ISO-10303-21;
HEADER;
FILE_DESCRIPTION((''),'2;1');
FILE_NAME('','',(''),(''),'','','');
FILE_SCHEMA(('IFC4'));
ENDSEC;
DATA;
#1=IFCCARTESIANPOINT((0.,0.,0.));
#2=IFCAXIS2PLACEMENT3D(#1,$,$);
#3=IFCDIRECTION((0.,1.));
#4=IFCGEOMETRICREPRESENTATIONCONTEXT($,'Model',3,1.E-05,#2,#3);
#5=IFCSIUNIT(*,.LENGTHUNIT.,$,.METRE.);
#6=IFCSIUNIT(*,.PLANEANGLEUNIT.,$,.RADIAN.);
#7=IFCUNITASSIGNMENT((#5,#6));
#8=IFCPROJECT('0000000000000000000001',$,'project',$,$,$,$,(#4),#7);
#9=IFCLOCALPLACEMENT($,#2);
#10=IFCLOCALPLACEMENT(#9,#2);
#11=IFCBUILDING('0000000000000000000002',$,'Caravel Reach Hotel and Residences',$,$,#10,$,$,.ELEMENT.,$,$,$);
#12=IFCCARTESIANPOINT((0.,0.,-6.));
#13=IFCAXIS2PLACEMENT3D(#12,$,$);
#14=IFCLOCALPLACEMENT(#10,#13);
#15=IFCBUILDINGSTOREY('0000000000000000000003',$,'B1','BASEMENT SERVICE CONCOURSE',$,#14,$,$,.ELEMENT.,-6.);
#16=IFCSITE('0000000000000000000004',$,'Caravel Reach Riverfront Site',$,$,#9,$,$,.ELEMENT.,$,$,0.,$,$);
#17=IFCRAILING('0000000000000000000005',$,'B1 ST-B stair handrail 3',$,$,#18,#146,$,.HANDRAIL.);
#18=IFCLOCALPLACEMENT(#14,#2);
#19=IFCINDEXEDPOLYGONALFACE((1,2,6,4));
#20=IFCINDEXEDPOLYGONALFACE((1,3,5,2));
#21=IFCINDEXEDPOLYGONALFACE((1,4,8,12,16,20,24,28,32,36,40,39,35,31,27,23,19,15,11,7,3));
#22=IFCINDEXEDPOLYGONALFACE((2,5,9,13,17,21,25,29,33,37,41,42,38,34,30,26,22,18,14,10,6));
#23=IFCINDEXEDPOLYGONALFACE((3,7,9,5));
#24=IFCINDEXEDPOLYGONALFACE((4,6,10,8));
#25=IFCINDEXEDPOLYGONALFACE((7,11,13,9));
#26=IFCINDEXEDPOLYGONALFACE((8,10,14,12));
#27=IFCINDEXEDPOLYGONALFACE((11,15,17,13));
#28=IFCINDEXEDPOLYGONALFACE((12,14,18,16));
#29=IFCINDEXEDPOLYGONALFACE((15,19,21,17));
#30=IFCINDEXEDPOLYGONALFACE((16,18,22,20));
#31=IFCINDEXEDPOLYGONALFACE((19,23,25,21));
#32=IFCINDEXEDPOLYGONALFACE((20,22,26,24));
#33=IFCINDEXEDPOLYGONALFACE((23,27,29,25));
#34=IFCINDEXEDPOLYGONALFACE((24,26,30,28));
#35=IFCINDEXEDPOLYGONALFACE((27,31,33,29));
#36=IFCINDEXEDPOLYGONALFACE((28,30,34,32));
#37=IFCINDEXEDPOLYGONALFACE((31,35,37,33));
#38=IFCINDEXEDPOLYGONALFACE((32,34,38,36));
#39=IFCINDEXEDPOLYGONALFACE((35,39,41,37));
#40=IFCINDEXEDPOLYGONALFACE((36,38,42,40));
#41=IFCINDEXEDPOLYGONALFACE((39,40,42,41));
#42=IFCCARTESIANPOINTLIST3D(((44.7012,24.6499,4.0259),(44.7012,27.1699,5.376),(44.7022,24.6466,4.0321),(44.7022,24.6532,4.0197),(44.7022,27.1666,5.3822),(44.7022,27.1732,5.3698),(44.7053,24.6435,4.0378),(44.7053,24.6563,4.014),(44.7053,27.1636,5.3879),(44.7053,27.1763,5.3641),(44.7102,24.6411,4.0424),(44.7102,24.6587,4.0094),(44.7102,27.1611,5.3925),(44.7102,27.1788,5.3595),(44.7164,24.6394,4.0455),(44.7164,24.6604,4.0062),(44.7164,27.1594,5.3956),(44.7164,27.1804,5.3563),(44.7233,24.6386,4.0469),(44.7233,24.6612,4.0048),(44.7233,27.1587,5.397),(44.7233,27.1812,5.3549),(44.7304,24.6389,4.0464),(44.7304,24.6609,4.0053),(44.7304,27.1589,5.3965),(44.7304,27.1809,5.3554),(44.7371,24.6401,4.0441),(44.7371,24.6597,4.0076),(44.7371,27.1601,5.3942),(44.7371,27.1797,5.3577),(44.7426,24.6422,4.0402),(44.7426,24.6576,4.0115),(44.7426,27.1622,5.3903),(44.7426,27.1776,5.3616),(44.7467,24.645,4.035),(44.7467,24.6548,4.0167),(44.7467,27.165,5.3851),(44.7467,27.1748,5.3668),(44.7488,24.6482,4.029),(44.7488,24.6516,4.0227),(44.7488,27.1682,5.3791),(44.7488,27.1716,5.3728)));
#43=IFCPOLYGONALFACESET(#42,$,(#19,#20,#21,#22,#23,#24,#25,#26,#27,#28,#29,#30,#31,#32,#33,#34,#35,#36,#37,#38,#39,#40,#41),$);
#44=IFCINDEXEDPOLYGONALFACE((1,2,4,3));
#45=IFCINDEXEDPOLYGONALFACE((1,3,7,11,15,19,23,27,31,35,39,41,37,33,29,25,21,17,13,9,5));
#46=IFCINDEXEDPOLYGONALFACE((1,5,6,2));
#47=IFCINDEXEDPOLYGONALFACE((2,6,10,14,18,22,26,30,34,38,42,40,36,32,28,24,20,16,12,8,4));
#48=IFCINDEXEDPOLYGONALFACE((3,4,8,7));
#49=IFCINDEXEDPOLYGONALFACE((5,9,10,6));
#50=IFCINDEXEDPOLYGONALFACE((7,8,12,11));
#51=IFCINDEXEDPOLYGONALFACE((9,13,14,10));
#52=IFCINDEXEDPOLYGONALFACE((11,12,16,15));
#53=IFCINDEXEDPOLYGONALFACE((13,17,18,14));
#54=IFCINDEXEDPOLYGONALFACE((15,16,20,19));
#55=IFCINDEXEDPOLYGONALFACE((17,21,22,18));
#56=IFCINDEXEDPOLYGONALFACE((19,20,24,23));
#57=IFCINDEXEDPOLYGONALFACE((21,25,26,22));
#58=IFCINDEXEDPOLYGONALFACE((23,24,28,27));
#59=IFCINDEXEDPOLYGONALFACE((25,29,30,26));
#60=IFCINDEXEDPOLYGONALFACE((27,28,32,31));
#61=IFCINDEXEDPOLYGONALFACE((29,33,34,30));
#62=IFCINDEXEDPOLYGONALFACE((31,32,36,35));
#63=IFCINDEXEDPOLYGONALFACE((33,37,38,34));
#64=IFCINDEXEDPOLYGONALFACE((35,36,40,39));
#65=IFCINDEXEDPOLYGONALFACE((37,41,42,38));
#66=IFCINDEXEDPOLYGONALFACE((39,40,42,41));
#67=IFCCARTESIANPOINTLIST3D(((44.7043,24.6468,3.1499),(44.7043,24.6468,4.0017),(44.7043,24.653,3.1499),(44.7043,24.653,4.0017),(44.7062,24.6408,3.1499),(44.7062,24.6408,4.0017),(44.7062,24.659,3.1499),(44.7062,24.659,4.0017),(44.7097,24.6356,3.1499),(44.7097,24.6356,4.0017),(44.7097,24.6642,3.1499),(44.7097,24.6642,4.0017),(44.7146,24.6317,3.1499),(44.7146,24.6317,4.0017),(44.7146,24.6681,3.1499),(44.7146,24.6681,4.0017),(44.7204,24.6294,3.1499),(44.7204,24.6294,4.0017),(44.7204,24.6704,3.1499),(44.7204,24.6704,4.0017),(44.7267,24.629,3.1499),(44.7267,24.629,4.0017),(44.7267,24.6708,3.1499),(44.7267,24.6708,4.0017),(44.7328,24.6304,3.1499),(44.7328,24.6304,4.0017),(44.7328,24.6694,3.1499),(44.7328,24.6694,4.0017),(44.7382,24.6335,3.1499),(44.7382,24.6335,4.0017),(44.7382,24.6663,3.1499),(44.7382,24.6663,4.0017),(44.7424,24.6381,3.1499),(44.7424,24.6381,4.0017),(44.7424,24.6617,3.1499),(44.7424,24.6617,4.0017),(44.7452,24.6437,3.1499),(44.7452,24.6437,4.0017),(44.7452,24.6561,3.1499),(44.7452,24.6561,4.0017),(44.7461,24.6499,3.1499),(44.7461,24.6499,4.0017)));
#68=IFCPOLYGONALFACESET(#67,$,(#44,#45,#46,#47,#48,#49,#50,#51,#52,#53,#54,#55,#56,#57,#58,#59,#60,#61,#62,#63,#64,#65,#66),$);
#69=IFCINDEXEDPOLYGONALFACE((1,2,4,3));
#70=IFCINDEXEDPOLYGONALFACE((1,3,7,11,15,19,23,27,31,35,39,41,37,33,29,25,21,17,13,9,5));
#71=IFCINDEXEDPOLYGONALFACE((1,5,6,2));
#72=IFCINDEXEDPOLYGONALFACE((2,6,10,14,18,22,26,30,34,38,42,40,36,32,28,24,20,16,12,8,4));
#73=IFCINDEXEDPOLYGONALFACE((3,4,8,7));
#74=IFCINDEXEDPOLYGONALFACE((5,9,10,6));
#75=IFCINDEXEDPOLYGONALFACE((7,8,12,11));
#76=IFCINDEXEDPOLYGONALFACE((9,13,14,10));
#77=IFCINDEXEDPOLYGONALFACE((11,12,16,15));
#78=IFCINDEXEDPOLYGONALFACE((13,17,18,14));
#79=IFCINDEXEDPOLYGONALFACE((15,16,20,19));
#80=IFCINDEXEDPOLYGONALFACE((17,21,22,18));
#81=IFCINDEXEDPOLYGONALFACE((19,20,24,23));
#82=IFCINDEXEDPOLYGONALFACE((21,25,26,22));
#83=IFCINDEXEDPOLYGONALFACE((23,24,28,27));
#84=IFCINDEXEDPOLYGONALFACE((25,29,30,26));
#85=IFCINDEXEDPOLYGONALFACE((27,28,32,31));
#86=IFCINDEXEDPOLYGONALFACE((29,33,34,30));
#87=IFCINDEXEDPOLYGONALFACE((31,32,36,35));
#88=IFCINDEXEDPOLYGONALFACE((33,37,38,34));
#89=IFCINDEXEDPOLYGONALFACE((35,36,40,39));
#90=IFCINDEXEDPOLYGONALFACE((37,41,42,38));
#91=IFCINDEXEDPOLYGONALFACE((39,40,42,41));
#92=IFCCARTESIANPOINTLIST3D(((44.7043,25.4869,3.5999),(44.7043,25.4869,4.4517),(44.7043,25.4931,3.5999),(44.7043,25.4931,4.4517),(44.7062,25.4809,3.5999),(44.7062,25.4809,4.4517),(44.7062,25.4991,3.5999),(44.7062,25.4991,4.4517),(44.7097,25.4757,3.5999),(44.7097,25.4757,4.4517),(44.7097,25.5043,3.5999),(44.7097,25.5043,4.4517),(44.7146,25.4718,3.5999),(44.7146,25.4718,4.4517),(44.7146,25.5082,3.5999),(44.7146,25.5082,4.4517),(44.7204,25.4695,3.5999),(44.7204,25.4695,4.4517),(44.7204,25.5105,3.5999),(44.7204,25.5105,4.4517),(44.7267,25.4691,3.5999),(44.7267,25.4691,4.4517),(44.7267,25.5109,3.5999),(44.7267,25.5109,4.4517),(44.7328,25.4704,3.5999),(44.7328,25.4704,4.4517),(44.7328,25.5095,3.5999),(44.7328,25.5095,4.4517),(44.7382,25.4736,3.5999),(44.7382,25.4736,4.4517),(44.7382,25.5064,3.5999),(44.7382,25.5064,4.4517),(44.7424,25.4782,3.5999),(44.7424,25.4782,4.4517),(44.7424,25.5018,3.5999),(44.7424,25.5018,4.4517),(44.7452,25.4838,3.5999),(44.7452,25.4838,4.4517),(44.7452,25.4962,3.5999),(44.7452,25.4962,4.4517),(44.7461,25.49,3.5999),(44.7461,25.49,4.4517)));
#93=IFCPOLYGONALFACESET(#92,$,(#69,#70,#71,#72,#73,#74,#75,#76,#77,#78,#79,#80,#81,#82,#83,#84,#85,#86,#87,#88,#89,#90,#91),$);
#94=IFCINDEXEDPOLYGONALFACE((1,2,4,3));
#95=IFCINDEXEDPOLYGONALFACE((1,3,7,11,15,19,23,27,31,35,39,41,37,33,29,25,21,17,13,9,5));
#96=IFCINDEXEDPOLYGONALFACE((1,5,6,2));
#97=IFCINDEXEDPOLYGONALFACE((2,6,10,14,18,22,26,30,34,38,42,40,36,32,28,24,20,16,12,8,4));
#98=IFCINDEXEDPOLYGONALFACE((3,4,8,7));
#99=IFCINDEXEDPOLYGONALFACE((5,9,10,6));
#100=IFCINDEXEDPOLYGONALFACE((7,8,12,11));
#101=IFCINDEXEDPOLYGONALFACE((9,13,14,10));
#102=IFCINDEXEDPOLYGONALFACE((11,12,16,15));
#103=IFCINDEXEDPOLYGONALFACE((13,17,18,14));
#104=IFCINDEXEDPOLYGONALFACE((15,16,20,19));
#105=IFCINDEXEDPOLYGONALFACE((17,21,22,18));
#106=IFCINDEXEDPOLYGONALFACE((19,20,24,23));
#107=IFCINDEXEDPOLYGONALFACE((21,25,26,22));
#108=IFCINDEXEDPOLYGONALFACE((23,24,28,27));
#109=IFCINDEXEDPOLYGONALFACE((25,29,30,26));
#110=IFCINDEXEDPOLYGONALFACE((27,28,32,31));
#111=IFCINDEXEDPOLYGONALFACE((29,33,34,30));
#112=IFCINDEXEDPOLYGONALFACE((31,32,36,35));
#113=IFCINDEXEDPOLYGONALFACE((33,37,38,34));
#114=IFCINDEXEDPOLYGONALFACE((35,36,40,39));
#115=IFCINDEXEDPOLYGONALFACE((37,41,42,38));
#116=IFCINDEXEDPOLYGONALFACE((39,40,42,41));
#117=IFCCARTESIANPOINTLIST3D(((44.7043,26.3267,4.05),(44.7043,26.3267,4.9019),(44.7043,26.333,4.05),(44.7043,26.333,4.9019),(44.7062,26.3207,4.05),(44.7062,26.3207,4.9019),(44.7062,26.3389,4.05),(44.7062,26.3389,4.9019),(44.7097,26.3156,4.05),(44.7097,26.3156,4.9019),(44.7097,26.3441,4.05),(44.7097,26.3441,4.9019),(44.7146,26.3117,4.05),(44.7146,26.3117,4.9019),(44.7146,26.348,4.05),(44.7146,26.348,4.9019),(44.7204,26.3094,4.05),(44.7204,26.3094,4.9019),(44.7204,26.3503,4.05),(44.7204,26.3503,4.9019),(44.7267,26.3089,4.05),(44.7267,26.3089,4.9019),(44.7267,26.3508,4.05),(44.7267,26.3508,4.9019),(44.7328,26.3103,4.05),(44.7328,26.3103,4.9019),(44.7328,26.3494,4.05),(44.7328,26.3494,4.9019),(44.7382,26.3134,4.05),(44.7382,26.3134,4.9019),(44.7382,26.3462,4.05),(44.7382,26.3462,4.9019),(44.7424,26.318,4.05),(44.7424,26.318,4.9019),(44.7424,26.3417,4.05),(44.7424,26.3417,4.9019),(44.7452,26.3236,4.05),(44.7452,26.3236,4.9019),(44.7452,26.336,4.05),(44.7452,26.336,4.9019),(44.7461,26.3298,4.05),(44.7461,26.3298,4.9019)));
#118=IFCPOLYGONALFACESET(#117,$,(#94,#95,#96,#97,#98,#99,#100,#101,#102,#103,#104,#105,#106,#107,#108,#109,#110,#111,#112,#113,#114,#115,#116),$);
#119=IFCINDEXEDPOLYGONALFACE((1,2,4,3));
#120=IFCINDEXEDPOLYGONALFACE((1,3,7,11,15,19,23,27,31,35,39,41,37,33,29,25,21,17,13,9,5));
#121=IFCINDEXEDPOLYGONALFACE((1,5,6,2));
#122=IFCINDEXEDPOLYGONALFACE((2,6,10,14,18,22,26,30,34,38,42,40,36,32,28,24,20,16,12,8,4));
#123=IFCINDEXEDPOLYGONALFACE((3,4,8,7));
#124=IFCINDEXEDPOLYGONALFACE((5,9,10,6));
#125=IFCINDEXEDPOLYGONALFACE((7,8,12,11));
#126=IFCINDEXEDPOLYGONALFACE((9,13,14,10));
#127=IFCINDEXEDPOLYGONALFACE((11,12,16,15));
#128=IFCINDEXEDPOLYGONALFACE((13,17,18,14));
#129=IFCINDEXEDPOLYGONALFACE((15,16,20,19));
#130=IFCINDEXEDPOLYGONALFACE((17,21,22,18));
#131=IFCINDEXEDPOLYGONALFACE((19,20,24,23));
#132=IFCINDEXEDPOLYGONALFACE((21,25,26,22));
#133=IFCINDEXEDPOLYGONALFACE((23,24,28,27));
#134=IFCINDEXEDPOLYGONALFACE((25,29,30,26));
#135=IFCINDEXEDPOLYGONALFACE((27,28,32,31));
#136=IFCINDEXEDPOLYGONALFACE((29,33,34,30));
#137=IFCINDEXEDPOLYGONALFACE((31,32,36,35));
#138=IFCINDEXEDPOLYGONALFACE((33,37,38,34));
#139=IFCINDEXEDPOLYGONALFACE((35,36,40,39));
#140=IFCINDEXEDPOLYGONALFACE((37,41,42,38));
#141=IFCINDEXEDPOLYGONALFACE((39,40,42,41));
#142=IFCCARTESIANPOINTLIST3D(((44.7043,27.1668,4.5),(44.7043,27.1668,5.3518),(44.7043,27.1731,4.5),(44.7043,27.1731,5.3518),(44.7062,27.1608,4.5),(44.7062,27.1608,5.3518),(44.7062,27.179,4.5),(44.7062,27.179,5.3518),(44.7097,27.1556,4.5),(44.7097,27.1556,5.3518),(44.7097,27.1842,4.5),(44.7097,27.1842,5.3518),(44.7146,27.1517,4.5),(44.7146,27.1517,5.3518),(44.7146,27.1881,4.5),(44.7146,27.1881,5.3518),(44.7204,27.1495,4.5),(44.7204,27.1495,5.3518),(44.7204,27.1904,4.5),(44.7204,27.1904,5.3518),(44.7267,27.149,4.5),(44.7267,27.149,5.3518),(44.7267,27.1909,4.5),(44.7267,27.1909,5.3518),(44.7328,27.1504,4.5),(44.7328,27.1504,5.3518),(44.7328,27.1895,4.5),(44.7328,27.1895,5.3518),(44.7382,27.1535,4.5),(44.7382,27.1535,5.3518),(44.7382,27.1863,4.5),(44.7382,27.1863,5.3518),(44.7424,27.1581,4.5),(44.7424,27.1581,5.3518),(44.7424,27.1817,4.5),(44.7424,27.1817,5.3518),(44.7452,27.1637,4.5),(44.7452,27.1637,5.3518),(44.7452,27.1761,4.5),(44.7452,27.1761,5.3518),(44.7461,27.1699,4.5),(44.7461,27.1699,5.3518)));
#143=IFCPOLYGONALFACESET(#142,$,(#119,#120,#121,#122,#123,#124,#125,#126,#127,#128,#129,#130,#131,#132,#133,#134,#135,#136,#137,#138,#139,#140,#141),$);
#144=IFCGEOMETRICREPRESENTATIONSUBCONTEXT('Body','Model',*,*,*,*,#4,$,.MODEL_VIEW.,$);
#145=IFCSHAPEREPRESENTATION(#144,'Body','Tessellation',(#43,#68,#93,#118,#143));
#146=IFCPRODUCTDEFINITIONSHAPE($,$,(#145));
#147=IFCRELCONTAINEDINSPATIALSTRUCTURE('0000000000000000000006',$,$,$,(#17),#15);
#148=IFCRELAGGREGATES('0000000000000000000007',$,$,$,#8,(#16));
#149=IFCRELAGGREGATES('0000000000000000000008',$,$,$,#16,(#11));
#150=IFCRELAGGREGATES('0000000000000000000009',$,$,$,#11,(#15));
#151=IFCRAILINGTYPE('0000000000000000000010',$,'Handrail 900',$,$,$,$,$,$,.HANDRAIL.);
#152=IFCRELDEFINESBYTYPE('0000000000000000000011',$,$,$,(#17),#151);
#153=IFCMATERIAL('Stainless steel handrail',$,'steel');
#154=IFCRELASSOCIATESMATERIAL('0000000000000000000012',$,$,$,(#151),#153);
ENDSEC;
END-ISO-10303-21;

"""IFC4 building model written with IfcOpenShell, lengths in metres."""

from ifc_helpers import new_model, si_unit, direction, frame, origin, origin_2d, place, context, subcontext, project, spatial, circle, extrude, material, type_object, element, save


model = new_model("IFC4")

# Units and contexts
model_context = context("Model", 3, precision=1e-05, world=origin(), true_north=direction((0.0, 1.0)))
body_context = subcontext(model_context, "Body", "Model", "MODEL_VIEW")
ifc_project = project(units=[si_unit("LENGTHUNIT", "METRE"), si_unit("PLANEANGLEUNIT", "RADIAN")], contexts=[model_context])

# Site, building, storey
site_placement = place(None, origin())
site = spatial("IfcSite", under=ifc_project, at=site_placement, Name="Caravel Reach Riverfront Site", CompositionType="ELEMENT", RefElevation=0.0)
building_placement = place(site_placement, origin())
building = spatial("IfcBuilding", under=site, at=building_placement, Name="Caravel Reach Hotel and Residences", CompositionType="ELEMENT")
storey_placement = place(building_placement, frame((0.0, 0.0, -6.0)))
storey = spatial("IfcBuildingStorey", under=building, at=storey_placement, Name="B1", Description="BASEMENT SERVICE CONCOURSE", CompositionType="ELEMENT", Elevation=-6.0)

# Railing
ifc_material_1 = material(Name="Stainless steel handrail", Category="steel")
railing_type_1 = type_object("IfcRailingType", Name="Handrail 900", PredefinedType="HANDRAIL", material=ifc_material_1)
for number, where, name in (
    (1, (44.7251, 24.6499, 3.1499), "B1 ST-B stair handrail 3"),
):
    element("IfcRailing", number, at=place(storey_placement, frame(where)), inside=storey, type_object=railing_type_1, Name=name, PredefinedType="HANDRAIL", context=body_context, shape_type="SweptSolid", body=[
        extrude(circle(Radius=0.0239, at=origin_2d()), frame((0.0, 0.0, 0.876), z_axis=(0.0, 0.881467, 0.472245), x_axis=(-1.0, 0.0, 0.0)), (0.0, 0.0, 1.0), 2.8589),
        extrude(circle(Radius=0.021, at=origin_2d()), origin(), (0.0, 0.0, 1.0), 0.8518),
        extrude(circle(Radius=0.021, at=origin_2d()), frame((0.0, 0.8401, 0.45)), (0.0, 0.0, 1.0), 0.8518),
        extrude(circle(Radius=0.021, at=origin_2d()), frame((0.0, 1.6799, 0.9001)), (0.0, 0.0, 1.0), 0.8518),
        extrude(circle(Radius=0.021, at=origin_2d()), frame((0.0, 2.52, 1.3501)), (0.0, 0.0, 1.0), 0.8518),
    ])

save(model, "model.ifc")
